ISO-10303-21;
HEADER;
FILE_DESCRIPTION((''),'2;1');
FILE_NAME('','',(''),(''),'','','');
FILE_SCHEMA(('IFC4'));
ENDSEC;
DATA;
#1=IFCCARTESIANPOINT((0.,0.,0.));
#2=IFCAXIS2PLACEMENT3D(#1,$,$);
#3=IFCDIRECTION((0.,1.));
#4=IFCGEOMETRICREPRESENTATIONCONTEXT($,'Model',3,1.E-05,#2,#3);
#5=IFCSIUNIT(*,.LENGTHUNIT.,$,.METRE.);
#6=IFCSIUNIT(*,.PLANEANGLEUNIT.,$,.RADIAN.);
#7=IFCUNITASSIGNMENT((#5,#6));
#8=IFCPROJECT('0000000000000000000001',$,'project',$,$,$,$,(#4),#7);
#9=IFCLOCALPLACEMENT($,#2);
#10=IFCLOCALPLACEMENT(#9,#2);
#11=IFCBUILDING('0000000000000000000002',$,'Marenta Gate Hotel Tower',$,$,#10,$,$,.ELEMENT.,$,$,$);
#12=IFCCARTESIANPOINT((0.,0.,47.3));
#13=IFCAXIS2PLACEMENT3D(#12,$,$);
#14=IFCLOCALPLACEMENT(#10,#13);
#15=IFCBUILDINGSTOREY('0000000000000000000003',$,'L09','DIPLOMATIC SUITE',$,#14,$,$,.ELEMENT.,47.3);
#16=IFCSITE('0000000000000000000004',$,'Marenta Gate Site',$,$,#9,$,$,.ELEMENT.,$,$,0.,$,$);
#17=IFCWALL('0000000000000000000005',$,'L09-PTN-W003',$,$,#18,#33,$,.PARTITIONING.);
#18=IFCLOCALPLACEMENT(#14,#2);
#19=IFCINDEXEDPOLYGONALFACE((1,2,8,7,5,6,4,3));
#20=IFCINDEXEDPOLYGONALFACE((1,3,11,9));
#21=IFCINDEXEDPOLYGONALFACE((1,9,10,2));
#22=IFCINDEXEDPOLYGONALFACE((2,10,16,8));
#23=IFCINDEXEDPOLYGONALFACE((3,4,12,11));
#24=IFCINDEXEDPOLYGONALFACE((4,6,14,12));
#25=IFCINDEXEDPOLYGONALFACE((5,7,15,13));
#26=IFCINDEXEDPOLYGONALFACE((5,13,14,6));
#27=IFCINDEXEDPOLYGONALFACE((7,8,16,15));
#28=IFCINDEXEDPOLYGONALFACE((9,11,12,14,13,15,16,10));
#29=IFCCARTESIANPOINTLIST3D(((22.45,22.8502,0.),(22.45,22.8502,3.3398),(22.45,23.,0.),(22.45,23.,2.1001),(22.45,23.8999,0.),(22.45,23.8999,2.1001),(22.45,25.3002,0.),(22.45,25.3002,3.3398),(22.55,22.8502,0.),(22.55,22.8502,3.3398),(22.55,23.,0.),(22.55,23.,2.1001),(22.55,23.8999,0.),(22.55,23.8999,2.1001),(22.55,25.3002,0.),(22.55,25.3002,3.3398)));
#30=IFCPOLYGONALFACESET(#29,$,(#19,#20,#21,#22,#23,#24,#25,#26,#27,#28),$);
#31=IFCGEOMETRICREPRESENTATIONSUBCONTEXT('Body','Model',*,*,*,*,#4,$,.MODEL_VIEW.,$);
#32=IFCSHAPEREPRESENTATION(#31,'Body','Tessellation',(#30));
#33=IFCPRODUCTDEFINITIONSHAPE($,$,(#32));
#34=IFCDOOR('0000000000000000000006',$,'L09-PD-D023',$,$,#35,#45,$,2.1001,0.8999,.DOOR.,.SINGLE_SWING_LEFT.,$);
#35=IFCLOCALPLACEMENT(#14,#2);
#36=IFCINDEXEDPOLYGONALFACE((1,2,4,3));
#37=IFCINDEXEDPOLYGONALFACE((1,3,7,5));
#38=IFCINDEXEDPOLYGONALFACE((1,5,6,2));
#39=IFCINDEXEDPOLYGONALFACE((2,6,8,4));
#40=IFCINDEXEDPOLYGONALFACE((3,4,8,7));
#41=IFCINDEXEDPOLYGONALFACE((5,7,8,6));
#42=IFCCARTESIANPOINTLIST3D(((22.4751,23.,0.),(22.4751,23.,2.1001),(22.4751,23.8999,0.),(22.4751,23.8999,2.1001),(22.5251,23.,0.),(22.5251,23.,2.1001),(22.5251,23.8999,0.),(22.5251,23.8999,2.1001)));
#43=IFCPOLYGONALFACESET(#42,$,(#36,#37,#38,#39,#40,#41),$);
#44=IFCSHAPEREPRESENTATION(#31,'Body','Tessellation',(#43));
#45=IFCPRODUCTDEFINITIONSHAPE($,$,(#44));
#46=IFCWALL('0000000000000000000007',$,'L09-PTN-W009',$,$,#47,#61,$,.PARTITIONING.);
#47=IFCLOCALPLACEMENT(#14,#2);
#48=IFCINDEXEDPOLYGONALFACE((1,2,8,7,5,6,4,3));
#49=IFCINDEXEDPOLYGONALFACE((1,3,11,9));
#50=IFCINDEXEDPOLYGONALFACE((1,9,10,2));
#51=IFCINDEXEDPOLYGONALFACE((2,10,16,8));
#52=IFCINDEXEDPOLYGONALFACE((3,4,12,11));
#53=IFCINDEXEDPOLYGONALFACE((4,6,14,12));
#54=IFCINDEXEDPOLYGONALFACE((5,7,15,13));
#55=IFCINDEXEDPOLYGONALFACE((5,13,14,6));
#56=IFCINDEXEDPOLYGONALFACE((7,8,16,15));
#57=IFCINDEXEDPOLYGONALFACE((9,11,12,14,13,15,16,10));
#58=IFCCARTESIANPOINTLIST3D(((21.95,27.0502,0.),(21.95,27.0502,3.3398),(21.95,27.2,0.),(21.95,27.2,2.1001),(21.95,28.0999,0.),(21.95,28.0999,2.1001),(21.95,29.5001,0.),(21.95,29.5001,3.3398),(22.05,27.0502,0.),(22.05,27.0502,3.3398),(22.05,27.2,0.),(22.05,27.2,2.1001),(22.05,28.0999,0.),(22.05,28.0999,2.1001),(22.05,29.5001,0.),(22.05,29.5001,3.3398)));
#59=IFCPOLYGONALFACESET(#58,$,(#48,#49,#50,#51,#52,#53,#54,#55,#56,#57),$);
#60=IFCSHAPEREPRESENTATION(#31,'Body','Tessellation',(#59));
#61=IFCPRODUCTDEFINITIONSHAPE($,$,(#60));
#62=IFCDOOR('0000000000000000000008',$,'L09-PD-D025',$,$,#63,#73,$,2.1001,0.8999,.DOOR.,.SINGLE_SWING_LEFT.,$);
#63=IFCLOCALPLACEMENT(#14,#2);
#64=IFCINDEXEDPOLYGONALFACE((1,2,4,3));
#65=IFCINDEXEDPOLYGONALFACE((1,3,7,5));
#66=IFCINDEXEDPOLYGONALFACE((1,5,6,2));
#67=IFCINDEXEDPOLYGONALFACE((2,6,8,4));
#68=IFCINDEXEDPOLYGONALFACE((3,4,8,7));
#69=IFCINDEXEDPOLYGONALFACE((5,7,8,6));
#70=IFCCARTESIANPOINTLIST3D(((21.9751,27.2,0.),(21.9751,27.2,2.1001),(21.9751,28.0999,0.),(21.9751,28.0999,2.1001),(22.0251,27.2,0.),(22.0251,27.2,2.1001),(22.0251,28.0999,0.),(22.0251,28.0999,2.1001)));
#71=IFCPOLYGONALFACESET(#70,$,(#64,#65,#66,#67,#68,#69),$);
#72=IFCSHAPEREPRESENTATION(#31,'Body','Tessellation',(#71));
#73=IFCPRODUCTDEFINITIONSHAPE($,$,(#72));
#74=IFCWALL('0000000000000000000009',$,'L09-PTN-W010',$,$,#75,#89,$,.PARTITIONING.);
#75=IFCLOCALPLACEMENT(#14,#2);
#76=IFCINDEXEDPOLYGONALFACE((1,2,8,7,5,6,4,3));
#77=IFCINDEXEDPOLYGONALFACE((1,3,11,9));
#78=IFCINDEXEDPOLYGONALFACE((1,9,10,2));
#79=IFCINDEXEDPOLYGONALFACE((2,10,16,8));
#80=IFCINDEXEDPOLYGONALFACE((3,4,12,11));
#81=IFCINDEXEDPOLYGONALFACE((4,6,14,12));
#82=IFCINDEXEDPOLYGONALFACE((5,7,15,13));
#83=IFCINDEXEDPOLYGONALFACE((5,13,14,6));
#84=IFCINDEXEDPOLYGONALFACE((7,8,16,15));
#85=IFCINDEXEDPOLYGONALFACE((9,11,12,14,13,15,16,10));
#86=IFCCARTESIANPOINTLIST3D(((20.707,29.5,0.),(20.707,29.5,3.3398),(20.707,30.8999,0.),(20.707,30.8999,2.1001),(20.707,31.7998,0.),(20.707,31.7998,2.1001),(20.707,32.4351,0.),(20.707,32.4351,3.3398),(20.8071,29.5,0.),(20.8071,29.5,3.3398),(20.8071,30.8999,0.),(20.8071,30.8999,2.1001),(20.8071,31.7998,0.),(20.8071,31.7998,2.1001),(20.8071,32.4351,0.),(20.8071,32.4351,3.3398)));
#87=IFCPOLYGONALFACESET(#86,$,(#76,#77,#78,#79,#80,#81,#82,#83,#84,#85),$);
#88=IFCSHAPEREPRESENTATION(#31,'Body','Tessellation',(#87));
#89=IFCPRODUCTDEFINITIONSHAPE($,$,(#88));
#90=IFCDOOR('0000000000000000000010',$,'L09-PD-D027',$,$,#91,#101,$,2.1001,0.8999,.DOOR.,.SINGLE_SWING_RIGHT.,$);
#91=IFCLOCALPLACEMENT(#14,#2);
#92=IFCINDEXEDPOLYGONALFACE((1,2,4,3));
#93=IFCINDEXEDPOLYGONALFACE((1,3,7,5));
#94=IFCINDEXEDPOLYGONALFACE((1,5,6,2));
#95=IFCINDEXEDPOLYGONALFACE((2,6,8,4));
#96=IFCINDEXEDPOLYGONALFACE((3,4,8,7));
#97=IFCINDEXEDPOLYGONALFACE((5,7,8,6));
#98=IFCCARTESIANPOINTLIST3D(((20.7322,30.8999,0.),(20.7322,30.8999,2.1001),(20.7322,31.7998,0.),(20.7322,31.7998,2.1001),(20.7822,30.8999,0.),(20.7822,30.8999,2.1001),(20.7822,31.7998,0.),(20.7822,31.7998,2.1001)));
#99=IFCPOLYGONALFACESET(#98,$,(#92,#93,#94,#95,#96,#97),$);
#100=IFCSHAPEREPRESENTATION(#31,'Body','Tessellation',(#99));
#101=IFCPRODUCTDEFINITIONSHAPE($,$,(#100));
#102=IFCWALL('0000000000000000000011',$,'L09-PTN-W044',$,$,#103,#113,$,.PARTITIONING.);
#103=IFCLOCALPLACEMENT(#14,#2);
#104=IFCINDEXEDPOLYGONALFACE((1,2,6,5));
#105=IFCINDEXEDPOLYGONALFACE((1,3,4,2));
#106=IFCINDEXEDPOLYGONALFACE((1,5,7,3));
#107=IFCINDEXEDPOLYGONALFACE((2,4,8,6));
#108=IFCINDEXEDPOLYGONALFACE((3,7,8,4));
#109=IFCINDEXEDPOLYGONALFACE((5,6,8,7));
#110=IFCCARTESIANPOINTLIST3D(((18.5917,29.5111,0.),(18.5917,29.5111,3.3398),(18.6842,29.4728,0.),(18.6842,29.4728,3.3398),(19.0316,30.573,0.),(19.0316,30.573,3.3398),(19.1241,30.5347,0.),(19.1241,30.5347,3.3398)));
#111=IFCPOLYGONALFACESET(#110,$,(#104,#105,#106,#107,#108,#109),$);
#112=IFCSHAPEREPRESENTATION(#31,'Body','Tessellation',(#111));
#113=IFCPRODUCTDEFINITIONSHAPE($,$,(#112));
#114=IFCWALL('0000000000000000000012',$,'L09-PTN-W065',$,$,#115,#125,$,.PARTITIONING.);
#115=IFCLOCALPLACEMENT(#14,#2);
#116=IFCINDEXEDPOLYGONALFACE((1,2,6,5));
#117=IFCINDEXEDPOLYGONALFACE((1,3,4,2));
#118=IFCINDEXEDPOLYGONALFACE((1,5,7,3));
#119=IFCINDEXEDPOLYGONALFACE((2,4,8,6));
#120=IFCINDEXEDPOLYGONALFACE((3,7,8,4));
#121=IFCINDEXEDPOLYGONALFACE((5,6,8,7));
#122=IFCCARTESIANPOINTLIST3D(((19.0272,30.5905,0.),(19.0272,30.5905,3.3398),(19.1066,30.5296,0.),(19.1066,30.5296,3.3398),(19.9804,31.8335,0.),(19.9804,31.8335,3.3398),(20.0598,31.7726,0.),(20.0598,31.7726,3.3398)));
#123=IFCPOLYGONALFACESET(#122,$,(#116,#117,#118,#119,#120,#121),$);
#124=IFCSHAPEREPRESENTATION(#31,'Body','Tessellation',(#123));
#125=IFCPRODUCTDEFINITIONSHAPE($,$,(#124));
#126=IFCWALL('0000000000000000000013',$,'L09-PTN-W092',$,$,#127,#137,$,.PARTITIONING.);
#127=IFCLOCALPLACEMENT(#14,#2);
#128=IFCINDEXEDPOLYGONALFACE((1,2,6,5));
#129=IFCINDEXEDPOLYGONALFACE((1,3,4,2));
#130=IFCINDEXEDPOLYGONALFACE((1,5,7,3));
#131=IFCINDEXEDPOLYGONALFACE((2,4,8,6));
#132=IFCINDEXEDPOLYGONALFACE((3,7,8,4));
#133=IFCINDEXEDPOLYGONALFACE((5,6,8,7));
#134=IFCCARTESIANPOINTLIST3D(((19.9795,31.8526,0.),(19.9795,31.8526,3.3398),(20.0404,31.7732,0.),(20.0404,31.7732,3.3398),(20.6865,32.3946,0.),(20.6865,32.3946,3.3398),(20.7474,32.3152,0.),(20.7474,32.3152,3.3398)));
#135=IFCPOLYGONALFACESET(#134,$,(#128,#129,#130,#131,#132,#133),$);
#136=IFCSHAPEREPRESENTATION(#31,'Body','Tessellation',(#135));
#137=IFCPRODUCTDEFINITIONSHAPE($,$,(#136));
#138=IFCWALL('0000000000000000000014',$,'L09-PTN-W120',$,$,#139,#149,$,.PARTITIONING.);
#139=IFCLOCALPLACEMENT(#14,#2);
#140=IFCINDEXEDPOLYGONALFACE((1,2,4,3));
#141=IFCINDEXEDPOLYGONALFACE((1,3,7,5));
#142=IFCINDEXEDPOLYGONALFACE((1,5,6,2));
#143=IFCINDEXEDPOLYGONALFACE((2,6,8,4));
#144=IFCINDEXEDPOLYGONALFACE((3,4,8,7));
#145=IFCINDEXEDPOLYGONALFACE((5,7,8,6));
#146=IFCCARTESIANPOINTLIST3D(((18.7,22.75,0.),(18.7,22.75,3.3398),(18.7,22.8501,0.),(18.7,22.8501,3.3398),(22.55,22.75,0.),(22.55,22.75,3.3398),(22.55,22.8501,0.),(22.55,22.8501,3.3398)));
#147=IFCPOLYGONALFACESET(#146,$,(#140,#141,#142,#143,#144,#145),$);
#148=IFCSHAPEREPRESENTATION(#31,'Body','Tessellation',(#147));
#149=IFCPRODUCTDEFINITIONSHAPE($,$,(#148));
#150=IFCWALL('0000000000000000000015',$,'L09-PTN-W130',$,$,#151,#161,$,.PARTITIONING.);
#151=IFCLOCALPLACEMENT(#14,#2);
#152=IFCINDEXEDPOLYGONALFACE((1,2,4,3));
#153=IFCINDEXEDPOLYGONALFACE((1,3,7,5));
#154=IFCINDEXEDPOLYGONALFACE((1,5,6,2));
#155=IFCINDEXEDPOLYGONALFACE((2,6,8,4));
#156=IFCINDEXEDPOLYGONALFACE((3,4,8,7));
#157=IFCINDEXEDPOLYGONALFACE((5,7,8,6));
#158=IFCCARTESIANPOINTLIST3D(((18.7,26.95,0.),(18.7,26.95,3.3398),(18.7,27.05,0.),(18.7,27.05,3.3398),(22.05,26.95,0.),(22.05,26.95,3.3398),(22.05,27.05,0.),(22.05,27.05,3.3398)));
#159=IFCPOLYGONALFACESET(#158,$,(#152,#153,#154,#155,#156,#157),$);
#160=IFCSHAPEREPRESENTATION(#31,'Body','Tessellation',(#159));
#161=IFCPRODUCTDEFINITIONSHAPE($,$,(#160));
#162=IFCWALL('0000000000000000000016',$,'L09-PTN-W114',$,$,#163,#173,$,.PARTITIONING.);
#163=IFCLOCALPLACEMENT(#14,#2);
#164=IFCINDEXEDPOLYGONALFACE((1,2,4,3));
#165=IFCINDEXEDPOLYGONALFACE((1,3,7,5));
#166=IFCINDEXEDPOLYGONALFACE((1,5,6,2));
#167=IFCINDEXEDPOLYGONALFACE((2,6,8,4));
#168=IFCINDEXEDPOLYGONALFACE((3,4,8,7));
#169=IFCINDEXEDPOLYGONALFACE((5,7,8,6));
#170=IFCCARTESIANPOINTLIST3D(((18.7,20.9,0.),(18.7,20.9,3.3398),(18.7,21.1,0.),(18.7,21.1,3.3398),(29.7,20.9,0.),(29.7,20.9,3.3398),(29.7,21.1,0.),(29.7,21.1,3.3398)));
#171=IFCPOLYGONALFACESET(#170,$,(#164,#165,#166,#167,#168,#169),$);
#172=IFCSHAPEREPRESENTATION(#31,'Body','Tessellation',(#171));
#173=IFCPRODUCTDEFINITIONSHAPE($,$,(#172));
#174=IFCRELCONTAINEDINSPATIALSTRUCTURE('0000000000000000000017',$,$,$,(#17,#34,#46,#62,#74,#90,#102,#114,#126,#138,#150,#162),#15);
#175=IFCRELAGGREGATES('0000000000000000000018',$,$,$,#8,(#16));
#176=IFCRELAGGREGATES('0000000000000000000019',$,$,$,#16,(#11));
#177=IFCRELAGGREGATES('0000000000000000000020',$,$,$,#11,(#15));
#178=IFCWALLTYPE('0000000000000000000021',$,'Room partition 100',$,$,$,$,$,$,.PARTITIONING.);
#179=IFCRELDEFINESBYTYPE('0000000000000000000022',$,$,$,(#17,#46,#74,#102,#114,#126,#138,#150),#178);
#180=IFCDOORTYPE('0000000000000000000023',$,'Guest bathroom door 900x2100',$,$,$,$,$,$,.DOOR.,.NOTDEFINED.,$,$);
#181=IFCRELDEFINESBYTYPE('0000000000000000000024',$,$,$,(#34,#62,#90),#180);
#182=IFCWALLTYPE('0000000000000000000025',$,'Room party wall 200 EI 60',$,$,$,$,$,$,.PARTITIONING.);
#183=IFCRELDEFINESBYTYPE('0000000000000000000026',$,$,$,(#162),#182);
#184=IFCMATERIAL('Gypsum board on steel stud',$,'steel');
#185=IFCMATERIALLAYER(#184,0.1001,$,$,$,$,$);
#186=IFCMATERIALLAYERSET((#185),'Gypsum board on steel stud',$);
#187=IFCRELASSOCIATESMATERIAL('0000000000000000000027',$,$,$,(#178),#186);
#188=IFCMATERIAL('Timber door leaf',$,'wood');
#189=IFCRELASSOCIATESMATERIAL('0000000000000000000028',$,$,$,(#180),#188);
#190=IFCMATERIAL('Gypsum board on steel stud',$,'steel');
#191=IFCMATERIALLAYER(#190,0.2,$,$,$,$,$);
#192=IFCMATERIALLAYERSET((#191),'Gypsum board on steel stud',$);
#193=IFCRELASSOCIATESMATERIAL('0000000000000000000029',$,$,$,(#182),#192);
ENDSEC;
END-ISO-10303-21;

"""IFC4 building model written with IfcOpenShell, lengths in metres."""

from ifc_helpers import new_model, si_unit, direction, frame, frame_2d, origin, place, context, subcontext, project, spatial, rectangle, extrude, material, layer, layer_set, type_object, element, fill, save


model = new_model("IFC4")

# Units and contexts
model_context = context("Model", 3, precision=1e-05, world=origin(), true_north=direction((0.0, 1.0)))
body_context = subcontext(model_context, "Body", "Model", "MODEL_VIEW")
ifc_project = project(units=[si_unit("LENGTHUNIT", "METRE"), si_unit("PLANEANGLEUNIT", "RADIAN")], contexts=[model_context])

# Site, building, storey
site_placement = place(None, origin())
site = spatial("IfcSite", under=ifc_project, at=site_placement, Name="Marenta Gate Site", CompositionType="ELEMENT", RefElevation=0.0)
building_placement = place(site_placement, origin())
building = spatial("IfcBuilding", under=site, at=building_placement, Name="Marenta Gate Hotel Tower", CompositionType="ELEMENT")
storey_placement = place(building_placement, frame((0.0, 0.0, 47.3)))
storey = spatial("IfcBuildingStorey", under=building, at=storey_placement, Name="L09", Description="DIPLOMATIC SUITE", CompositionType="ELEMENT", Elevation=47.3)

# Walls, openings, doors
ifc_material_1 = material(Name="Gypsum board on steel stud", Category="steel")
ifc_layer_1 = layer(ifc_material_1, 0.1001)
ifc_layer_set_1 = layer_set([ifc_layer_1], Name="Gypsum board on steel stud")
wall_type_1 = type_object("IfcWallType", Name="Room partition 100", PredefinedType="PARTITIONING", material=ifc_layer_set_1)
wall_1_placement = place(storey_placement, frame((22.5, 22.8501, 0.0), z_axis=(0.0, 0.0, 1.0), x_axis=(0.0, 1.0, 0.0)))
wall_1 = element("IfcWall", 1, at=wall_1_placement, inside=storey, type_object=wall_type_1, Name="L09-PTN-W003", PredefinedType="PARTITIONING", context=body_context, shape_type="SweptSolid", body=[
    extrude(rectangle(XDim=2.45, YDim=0.1001, at=frame_2d((1.2251, 0.0))), origin(), (0.0, 0.0, 1.0), 3.3398),
])
opening_1_placement = place(wall_1_placement, frame((0.1499, 0.0, 0.0)))
opening_1 = element("IfcOpeningElement", 2, at=opening_1_placement, cuts=wall_1, PredefinedType="OPENING", context=body_context, shape_type="SweptSolid", body=[
    extrude(rectangle(XDim=0.8999, YDim=2.1001, at=frame_2d((0.45, 1.05))), frame((0.0, 0.05, 0.0), z_axis=(0.0, -1.0, 0.0), x_axis=(1.0, 0.0, 0.0)), (0.0, 0.0, 1.0), 0.1001),
])
ifc_material_2 = material(Name="Timber door leaf", Category="wood")
door_type = type_object("IfcDoorType", Name="Guest bathroom door 900x2100", OperationType="NOTDEFINED", PredefinedType="DOOR", material=ifc_material_2)
door_1_placement = place(opening_1_placement, origin())
door_1 = element("IfcDoor", 3, at=door_1_placement, inside=storey, type_object=door_type, Name="L09-PD-D023", OperationType="SINGLE_SWING_LEFT", OverallHeight=2.1001, OverallWidth=0.8999, PredefinedType="DOOR", context=body_context, shape_type="SweptSolid", body=[
    extrude(rectangle(XDim=0.8999, YDim=2.1001, at=frame_2d((0.45, 1.05))), frame((0.0, 0.0249, 0.0), z_axis=(0.0, -1.0, 0.0), x_axis=(1.0, 0.0, 0.0)), (0.0, 0.0, 1.0), 0.05),
])
fill(opening_1, door_1)
wall_2_placement = place(storey_placement, frame((22.0, 27.05, 0.0), z_axis=(0.0, 0.0, 1.0), x_axis=(0.0, 1.0, 0.0)))
wall_2 = element("IfcWall", 4, at=wall_2_placement, inside=storey, type_object=wall_type_1, Name="L09-PTN-W009", PredefinedType="PARTITIONING", context=body_context, shape_type="SweptSolid", body=[
    extrude(rectangle(XDim=2.45, YDim=0.1001, at=frame_2d((1.2251, 0.0))), origin(), (0.0, 0.0, 1.0), 3.3398),
])
opening_2_placement = place(wall_2_placement, frame((0.1499, 0.0, 0.0)))
opening_2 = element("IfcOpeningElement", 5, at=opening_2_placement, cuts=wall_2, PredefinedType="OPENING", context=body_context, shape_type="SweptSolid", body=[
    extrude(rectangle(XDim=0.8999, YDim=2.1001, at=frame_2d((0.45, 1.05))), frame((0.0, 0.05, 0.0), z_axis=(0.0, -1.0, 0.0), x_axis=(1.0, 0.0, 0.0)), (0.0, 0.0, 1.0), 0.1001),
])
door_2_placement = place(opening_2_placement, origin())
door_2 = element("IfcDoor", 6, at=door_2_placement, inside=storey, type_object=door_type, Name="L09-PD-D025", OperationType="SINGLE_SWING_LEFT", OverallHeight=2.1001, OverallWidth=0.8999, PredefinedType="DOOR", context=body_context, shape_type="SweptSolid", body=[
    extrude(rectangle(XDim=0.8999, YDim=2.1001, at=frame_2d((0.45, 1.05))), frame((0.0, 0.0249, 0.0), z_axis=(0.0, -1.0, 0.0), x_axis=(1.0, 0.0, 0.0)), (0.0, 0.0, 1.0), 0.05),
])
fill(opening_2, door_2)
wall_3_placement = place(storey_placement, frame((20.7571, 29.5, 0.0), z_axis=(0.0, 0.0, 1.0), x_axis=(0.0, 1.0, 0.0)))
wall_3 = element("IfcWall", 7, at=wall_3_placement, inside=storey, type_object=wall_type_1, Name="L09-PTN-W010", PredefinedType="PARTITIONING", context=body_context, shape_type="SweptSolid", body=[
    extrude(rectangle(XDim=2.9351, YDim=0.1001, at=frame_2d((1.4675, 0.0))), origin(), (0.0, 0.0, 1.0), 3.3398),
])
opening_3_placement = place(wall_3_placement, frame((1.3999, 0.0, 0.0)))
opening_3 = element("IfcOpeningElement", 8, at=opening_3_placement, cuts=wall_3, PredefinedType="OPENING", context=body_context, shape_type="SweptSolid", body=[
    extrude(rectangle(XDim=0.8999, YDim=2.1001, at=frame_2d((0.45, 1.05))), frame((0.0, 0.05, 0.0), z_axis=(0.0, -1.0, 0.0), x_axis=(1.0, 0.0, 0.0)), (0.0, 0.0, 1.0), 0.1001),
])
door_3_placement = place(opening_3_placement, origin())
door_3 = element("IfcDoor", 9, at=door_3_placement, inside=storey, type_object=door_type, Name="L09-PD-D027", OperationType="SINGLE_SWING_RIGHT", OverallHeight=2.1001, OverallWidth=0.8999, PredefinedType="DOOR", context=body_context, shape_type="SweptSolid", body=[
    extrude(rectangle(XDim=0.8999, YDim=2.1001, at=frame_2d((0.45, 1.05))), frame((0.0, 0.0249, 0.0), z_axis=(0.0, -1.0, 0.0), x_axis=(1.0, 0.0, 0.0)), (0.0, 0.0, 1.0), 0.05),
])
fill(opening_3, door_3)

# Walls
wall_4_placement = place(storey_placement, frame((18.6379, 29.4919, 0.0), z_axis=(0.0, 0.0, 1.0), x_axis=(0.382714, 0.923867, 0.0)))
element("IfcWall", 10, at=wall_4_placement, inside=storey, type_object=wall_type_1, Name="L09-PTN-W044", PredefinedType="PARTITIONING", context=body_context, shape_type="SweptSolid", body=[
    extrude(rectangle(XDim=1.1494, YDim=0.1001, at=frame_2d((0.5747, 0.0))), origin(), (0.0, 0.0, 1.0), 3.3398),
])
wall_5_placement = place(storey_placement, frame((19.0669, 30.5601, 0.0), z_axis=(0.0, 0.0, 1.0), x_axis=(0.60852, 0.793539, 0.0)))
element("IfcWall", 11, at=wall_5_placement, inside=storey, type_object=wall_type_1, Name="L09-PTN-W065", PredefinedType="PARTITIONING", context=body_context, shape_type="SweptSolid", body=[
    extrude(rectangle(XDim=1.5664, YDim=0.1001, at=frame_2d((0.7832, 0.0))), origin(), (0.0, 0.0, 1.0), 3.3398),
])
wall_6_placement = place(storey_placement, frame((20.01, 31.813, 0.0), z_axis=(0.0, 0.0, 1.0), x_axis=(0.793642, 0.608386, 0.0)))
element("IfcWall", 12, at=wall_6_placement, inside=storey, type_object=wall_type_1, Name="L09-PTN-W092", PredefinedType="PARTITIONING", context=body_context, shape_type="SweptSolid", body=[
    extrude(rectangle(XDim=0.8909, YDim=0.1001, at=frame_2d((0.4453, 0.0))), origin(), (0.0, 0.0, 1.0), 3.3398),
])
wall_7_placement = place(storey_placement, frame((18.7, 22.8, 0.0), z_axis=(0.0, 0.0, 1.0), x_axis=(1.0, 0.0, 0.0)))
element("IfcWall", 13, at=wall_7_placement, inside=storey, type_object=wall_type_1, Name="L09-PTN-W120", PredefinedType="PARTITIONING", context=body_context, shape_type="SweptSolid", body=[
    extrude(rectangle(XDim=3.8501, YDim=0.1001, at=frame_2d((1.925, 0.0))), origin(), (0.0, 0.0, 1.0), 3.3398),
])
wall_8_placement = place(storey_placement, frame((18.7, 27.0, 0.0), z_axis=(0.0, 0.0, 1.0), x_axis=(1.0, 0.0, 0.0)))
element("IfcWall", 14, at=wall_8_placement, inside=storey, type_object=wall_type_1, Name="L09-PTN-W130", PredefinedType="PARTITIONING", context=body_context, shape_type="SweptSolid", body=[
    extrude(rectangle(XDim=3.3501, YDim=0.1001, at=frame_2d((1.675, 0.0))), origin(), (0.0, 0.0, 1.0), 3.3398),
])
ifc_material_3 = material(Name="Gypsum board on steel stud", Category="steel")
ifc_layer_2 = layer(ifc_material_3, 0.2)
ifc_layer_set_2 = layer_set([ifc_layer_2], Name="Gypsum board on steel stud")
wall_type_2 = type_object("IfcWallType", Name="Room party wall 200 EI 60", PredefinedType="PARTITIONING", material=ifc_layer_set_2)
wall_9_placement = place(storey_placement, frame((18.7, 21.0, 0.0), z_axis=(0.0, 0.0, 1.0), x_axis=(1.0, 0.0, 0.0)))
element("IfcWall", 15, at=wall_9_placement, inside=storey, type_object=wall_type_2, Name="L09-PTN-W114", PredefinedType="PARTITIONING", context=body_context, shape_type="SweptSolid", body=[
    extrude(rectangle(XDim=11.0, YDim=0.2, at=frame_2d((5.5, 0.0))), origin(), (0.0, 0.0, 1.0), 3.3398),
])

save(model, "model.ifc")
